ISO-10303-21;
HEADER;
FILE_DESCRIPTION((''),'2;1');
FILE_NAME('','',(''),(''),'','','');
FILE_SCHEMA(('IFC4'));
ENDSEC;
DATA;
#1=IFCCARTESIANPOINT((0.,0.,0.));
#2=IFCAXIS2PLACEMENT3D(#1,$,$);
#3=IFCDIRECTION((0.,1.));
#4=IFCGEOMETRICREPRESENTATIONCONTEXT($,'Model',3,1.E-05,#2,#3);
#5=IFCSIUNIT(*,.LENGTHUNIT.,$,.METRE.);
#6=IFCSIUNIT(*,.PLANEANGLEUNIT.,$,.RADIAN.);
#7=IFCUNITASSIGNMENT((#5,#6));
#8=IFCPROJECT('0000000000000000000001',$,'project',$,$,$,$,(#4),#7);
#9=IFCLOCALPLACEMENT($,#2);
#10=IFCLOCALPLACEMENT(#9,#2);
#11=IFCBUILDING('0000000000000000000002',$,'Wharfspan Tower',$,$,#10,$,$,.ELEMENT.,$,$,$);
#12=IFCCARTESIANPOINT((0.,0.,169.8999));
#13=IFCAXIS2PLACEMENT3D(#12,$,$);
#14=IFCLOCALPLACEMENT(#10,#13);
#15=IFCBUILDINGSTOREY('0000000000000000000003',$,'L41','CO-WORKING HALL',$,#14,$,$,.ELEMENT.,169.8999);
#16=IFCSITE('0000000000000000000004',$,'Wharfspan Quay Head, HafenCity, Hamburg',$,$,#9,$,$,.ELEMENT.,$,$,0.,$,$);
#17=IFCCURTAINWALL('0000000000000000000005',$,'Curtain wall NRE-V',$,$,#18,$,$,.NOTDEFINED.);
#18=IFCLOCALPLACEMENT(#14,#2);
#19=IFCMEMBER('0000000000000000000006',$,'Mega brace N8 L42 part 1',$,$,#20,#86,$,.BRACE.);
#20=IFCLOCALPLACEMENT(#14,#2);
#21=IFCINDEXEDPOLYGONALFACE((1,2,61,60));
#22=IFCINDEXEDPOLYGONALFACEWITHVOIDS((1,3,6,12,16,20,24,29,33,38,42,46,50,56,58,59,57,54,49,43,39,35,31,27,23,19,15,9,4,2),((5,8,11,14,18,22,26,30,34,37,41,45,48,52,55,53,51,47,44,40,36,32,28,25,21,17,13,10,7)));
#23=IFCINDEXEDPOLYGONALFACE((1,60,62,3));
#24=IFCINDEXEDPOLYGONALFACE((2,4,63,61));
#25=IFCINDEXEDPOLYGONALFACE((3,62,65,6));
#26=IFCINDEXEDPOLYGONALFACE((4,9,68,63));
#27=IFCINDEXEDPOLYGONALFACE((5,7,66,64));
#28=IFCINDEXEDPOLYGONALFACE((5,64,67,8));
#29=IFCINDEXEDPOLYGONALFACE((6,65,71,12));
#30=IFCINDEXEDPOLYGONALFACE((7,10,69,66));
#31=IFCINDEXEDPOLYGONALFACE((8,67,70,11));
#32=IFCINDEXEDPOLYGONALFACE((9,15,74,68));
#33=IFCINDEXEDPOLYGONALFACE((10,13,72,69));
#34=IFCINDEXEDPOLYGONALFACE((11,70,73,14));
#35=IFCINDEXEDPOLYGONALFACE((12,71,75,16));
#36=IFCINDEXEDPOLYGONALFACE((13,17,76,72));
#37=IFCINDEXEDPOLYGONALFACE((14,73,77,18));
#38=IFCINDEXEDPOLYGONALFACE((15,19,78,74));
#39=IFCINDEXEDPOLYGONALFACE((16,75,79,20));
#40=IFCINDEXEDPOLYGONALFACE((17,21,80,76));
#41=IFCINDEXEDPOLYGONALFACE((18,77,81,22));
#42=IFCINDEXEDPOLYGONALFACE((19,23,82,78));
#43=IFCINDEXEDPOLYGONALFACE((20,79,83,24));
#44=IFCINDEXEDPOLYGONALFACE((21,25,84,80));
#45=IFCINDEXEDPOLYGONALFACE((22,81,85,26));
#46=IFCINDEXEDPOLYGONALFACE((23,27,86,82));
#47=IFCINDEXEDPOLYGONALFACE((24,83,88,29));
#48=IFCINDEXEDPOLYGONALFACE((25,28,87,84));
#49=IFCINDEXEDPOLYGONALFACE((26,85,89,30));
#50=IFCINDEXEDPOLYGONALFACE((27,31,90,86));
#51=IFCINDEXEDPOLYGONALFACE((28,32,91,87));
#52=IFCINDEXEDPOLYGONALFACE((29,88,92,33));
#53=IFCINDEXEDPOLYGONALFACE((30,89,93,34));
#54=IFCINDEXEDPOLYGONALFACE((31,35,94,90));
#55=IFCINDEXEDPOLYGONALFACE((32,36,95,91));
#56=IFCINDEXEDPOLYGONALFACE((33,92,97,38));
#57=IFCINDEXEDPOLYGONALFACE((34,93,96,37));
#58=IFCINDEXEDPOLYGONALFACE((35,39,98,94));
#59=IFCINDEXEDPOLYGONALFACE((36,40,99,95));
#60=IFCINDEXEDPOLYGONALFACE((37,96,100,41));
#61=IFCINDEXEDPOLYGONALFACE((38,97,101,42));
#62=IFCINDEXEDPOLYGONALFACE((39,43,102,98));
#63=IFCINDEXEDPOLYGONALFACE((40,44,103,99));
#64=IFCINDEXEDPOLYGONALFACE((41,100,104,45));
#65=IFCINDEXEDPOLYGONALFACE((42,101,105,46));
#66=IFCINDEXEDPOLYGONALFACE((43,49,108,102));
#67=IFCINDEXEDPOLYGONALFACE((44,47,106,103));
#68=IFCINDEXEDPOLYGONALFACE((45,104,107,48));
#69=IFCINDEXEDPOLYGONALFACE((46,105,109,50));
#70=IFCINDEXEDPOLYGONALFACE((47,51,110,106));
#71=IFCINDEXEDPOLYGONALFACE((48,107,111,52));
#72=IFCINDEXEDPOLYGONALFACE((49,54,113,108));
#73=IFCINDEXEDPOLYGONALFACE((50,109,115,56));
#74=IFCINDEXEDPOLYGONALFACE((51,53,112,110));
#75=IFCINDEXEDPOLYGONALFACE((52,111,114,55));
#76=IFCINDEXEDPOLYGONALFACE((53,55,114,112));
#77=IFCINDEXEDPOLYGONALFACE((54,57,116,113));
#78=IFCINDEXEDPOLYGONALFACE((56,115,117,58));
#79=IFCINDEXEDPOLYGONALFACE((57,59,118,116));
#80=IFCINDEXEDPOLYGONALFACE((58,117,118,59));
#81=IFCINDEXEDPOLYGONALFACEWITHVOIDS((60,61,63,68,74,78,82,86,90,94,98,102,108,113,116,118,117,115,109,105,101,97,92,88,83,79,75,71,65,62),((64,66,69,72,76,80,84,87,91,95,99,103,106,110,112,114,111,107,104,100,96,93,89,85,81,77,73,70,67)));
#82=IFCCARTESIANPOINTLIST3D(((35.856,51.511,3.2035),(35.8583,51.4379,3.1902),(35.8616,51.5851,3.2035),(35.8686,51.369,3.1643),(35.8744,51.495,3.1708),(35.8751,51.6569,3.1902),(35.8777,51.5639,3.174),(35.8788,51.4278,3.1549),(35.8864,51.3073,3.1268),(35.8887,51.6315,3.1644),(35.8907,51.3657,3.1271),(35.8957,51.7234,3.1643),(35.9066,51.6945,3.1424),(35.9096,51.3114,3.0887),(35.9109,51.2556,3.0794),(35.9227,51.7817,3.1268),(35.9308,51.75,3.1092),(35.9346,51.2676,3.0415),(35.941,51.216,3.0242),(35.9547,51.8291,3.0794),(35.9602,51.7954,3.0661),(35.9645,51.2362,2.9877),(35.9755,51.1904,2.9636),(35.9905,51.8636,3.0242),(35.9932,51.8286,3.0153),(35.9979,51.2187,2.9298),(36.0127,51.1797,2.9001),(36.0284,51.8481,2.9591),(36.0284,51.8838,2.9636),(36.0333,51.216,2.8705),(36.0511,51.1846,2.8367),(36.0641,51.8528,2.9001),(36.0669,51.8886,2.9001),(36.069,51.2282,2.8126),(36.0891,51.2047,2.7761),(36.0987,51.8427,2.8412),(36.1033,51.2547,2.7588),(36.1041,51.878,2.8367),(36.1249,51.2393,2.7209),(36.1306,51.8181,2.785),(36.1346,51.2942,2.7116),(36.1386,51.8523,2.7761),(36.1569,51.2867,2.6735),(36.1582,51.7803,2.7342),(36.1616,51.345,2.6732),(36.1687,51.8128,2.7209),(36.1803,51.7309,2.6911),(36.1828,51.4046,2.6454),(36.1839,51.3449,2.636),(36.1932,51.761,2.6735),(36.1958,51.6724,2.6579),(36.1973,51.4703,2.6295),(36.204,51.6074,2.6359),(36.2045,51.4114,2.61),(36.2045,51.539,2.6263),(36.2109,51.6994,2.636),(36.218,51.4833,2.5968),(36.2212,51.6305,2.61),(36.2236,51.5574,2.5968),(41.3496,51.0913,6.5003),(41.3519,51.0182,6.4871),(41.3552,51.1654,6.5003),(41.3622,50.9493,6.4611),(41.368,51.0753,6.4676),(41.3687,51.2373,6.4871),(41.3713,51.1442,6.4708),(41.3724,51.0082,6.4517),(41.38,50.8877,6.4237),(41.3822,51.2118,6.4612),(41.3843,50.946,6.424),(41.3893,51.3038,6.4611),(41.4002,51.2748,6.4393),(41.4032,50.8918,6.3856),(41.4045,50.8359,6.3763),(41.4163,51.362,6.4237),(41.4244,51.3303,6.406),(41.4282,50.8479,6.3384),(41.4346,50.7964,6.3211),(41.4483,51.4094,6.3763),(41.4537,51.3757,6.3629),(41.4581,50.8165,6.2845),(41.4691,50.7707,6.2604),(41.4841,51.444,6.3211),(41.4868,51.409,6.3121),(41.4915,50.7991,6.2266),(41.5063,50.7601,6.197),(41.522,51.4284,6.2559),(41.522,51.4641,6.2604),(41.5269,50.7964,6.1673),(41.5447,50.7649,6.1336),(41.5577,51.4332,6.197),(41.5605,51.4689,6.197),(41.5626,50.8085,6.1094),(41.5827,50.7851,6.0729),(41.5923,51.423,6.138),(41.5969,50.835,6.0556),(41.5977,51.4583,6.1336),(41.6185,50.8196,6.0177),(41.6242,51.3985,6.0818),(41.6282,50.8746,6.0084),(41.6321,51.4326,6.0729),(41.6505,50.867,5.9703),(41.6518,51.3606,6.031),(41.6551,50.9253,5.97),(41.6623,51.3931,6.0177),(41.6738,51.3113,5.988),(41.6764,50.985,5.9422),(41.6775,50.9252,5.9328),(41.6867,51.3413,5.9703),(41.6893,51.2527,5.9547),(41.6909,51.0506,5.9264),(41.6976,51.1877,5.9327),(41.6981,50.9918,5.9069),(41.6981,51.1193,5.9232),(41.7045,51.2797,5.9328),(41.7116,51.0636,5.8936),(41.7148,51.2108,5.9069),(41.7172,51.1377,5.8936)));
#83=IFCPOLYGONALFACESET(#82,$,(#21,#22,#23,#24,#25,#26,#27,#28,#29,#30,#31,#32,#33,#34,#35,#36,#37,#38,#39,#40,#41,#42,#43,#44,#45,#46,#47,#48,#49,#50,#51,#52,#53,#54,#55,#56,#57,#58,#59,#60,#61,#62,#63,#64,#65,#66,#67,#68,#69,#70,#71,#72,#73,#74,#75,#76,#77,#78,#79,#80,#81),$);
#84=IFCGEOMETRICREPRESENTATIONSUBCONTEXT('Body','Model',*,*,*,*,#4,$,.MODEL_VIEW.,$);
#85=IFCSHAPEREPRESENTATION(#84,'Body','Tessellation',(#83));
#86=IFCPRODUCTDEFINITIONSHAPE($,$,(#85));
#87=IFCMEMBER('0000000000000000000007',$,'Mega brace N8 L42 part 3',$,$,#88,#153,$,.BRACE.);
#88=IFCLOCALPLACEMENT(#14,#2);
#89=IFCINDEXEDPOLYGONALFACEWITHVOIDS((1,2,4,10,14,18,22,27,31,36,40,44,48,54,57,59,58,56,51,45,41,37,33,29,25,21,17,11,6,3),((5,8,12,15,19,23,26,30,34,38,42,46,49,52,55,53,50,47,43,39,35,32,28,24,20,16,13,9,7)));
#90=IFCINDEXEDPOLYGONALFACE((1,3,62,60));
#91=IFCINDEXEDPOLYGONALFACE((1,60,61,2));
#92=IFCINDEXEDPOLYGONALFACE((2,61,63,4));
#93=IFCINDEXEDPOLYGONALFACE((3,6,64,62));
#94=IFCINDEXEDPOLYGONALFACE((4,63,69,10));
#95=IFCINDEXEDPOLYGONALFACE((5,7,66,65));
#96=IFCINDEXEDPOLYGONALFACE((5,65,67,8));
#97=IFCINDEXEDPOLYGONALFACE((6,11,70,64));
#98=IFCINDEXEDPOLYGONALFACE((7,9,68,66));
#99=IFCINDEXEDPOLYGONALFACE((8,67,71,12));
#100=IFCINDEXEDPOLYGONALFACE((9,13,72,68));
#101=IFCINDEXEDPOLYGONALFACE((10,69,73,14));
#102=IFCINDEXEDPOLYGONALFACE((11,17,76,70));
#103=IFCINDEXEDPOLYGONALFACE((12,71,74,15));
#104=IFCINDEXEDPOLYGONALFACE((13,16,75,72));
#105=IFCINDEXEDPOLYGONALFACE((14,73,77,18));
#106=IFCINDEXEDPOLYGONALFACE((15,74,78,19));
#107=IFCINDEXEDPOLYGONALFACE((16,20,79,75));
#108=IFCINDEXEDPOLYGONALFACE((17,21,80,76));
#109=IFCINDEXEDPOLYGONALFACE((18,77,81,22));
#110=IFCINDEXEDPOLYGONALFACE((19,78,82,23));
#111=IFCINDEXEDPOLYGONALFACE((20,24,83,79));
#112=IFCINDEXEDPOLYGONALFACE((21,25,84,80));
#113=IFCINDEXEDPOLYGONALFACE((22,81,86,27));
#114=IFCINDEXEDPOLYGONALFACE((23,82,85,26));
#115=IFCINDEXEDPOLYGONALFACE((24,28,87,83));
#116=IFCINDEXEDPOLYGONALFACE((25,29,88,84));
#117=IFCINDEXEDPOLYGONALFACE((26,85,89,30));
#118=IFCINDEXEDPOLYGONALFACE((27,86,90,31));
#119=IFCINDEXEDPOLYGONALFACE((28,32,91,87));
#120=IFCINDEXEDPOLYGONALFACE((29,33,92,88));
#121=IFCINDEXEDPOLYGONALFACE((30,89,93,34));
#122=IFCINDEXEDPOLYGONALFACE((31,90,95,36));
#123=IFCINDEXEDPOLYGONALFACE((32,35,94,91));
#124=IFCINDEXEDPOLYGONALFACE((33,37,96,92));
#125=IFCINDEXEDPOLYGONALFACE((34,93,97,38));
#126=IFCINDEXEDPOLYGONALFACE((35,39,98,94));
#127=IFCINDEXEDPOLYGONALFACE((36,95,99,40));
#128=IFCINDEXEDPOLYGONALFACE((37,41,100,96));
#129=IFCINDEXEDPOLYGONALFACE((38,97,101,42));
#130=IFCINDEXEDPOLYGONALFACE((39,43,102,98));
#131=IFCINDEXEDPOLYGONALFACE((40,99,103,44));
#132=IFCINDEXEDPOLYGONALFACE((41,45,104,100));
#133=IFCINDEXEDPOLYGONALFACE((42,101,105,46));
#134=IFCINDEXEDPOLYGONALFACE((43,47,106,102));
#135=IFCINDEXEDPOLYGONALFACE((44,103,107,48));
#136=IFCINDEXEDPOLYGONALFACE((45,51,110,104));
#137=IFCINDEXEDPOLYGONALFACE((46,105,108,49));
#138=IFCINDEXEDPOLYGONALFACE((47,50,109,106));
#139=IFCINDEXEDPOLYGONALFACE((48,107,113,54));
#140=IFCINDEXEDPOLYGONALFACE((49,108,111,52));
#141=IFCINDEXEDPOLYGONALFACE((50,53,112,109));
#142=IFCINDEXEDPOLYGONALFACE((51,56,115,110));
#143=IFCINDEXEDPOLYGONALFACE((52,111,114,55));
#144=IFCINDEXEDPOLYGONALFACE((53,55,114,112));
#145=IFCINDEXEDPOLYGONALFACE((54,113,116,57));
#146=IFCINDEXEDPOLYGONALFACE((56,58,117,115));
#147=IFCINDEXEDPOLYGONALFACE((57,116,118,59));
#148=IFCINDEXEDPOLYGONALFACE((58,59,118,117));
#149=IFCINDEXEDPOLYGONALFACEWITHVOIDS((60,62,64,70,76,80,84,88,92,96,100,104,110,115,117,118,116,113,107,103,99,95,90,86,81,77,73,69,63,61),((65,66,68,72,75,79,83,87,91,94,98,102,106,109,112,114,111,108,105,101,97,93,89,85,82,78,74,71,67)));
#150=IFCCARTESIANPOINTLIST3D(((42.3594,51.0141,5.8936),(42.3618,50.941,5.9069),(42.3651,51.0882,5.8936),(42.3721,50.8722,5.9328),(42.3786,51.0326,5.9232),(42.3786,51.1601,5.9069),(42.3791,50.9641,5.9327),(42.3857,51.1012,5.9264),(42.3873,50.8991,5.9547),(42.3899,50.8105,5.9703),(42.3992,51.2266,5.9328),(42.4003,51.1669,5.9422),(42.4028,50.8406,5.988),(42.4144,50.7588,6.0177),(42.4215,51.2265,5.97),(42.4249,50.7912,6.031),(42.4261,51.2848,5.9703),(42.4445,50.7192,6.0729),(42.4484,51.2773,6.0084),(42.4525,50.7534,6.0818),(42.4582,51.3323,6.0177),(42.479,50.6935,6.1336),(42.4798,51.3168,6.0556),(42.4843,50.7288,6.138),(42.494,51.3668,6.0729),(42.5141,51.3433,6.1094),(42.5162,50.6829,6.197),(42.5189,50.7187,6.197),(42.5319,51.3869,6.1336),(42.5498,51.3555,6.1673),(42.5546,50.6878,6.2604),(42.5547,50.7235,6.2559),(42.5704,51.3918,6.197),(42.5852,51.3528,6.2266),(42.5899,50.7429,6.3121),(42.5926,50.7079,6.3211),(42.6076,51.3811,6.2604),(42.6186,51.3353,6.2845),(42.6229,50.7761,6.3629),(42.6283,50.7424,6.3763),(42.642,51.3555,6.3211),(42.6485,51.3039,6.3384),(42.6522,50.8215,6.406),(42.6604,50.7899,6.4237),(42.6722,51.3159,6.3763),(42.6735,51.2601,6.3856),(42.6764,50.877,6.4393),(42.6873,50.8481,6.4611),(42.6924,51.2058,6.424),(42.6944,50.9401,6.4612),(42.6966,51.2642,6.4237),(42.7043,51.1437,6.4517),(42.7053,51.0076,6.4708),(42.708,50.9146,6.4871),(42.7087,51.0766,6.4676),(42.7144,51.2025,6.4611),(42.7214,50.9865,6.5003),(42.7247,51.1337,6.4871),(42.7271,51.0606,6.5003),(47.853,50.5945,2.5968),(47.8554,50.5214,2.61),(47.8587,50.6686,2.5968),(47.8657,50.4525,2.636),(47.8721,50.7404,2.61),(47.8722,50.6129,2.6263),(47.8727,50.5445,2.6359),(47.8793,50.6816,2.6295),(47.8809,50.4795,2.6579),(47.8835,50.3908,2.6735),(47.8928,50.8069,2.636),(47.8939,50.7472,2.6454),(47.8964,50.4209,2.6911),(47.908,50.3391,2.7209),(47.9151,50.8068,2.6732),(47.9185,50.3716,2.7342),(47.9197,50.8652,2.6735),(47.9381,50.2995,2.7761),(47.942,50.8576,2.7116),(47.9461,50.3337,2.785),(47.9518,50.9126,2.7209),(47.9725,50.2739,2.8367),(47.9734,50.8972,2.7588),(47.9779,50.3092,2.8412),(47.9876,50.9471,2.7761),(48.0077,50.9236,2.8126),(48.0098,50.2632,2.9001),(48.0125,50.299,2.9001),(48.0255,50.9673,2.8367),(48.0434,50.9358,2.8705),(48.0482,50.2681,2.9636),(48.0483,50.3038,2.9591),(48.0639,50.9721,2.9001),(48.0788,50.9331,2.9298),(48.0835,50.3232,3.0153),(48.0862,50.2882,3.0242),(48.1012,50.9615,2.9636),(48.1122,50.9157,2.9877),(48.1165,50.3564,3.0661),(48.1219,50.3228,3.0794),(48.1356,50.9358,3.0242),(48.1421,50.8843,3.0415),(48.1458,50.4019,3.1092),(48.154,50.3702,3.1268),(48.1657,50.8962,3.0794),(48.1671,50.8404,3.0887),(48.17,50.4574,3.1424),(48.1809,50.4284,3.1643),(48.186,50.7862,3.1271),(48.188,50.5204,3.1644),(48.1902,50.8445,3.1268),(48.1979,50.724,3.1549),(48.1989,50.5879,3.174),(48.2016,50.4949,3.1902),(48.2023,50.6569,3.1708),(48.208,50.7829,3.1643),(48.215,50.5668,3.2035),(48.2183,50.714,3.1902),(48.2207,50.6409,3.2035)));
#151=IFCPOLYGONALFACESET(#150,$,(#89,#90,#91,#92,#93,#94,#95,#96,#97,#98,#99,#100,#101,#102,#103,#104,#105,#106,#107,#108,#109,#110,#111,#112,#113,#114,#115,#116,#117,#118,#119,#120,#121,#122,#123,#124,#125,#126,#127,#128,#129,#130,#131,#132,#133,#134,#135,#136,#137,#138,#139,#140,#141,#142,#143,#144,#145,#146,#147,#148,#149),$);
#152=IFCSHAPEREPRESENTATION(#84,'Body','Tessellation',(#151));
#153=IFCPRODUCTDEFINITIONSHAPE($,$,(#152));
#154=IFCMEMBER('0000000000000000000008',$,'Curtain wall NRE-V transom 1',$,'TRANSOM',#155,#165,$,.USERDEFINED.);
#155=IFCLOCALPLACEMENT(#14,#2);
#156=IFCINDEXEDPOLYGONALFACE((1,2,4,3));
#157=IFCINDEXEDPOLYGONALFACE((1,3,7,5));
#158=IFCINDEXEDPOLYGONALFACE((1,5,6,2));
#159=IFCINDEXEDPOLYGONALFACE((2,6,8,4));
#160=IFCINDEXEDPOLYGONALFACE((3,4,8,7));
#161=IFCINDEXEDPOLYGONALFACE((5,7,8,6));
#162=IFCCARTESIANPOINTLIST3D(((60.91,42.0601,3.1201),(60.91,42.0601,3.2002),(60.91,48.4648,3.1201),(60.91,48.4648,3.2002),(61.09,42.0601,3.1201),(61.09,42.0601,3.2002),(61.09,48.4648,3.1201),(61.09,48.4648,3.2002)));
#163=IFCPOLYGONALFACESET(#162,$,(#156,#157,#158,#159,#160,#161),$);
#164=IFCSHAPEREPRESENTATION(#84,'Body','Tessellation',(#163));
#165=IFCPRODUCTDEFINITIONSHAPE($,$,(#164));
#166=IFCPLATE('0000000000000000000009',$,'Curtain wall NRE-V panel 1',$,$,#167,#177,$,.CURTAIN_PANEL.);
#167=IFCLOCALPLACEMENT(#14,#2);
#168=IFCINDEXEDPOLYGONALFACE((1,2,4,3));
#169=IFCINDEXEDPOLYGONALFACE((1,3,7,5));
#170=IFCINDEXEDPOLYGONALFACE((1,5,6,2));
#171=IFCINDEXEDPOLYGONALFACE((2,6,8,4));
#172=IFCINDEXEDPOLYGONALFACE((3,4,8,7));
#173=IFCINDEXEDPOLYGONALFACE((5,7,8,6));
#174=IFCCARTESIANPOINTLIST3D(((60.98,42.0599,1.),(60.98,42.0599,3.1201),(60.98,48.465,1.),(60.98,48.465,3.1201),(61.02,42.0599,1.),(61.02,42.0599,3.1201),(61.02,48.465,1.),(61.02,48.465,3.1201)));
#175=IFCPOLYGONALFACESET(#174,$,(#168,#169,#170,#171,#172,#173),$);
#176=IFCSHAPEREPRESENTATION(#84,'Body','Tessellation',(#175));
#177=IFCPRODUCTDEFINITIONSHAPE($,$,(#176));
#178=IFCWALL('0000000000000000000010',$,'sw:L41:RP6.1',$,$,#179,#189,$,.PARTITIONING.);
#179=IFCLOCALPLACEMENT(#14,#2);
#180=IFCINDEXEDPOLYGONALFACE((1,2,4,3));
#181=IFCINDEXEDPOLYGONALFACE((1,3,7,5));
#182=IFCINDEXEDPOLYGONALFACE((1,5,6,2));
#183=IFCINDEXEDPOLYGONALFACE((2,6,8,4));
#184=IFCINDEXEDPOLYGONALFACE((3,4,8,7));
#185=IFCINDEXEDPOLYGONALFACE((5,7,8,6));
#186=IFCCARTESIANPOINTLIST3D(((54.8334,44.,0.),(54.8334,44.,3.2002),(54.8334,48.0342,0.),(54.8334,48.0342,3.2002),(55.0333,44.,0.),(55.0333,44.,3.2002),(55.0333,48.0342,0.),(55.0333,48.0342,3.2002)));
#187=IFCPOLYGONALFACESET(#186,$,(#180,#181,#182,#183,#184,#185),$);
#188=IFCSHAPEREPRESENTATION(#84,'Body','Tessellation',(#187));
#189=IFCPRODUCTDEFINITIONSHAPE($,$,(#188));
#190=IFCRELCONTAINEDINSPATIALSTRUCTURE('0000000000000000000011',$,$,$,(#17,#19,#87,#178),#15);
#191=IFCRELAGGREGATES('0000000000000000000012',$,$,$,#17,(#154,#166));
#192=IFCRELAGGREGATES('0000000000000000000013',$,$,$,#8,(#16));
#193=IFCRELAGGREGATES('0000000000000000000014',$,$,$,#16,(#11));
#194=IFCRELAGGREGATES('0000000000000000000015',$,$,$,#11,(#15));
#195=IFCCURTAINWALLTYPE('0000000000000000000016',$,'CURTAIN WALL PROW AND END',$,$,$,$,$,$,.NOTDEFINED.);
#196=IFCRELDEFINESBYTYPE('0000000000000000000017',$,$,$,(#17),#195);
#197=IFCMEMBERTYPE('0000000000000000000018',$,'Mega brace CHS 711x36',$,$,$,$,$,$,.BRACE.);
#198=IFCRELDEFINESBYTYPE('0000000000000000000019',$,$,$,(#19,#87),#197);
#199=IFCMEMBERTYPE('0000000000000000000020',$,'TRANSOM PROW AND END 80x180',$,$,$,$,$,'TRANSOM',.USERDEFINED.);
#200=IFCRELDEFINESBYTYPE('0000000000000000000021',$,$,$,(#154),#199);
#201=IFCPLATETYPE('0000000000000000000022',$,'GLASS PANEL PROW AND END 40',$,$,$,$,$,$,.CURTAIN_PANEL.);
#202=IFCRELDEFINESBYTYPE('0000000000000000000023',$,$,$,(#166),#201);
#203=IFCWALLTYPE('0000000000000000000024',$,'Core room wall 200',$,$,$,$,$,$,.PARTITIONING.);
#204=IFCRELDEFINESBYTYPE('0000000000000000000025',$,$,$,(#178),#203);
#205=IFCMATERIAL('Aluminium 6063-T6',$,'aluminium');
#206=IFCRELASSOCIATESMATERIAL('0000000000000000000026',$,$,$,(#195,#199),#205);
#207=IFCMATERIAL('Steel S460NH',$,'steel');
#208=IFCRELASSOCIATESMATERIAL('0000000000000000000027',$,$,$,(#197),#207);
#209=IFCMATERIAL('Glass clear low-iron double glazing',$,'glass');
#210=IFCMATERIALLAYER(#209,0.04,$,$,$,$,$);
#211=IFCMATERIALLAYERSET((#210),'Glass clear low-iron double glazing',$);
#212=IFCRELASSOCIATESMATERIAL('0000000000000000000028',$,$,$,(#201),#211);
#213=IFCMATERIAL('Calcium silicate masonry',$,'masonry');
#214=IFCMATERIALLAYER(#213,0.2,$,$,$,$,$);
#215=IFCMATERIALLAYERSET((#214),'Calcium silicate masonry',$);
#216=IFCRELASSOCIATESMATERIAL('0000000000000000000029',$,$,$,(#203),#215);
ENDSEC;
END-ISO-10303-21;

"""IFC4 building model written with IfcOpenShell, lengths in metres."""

from ifc_helpers import new_model, si_unit, direction, frame, frame_2d, origin, origin_2d, place, context, subcontext, project, spatial, rectangle, hollow_circle, extrude, material, layer, layer_set, material_profile, profile_set, type_object, element, aggregate, save


model = new_model("IFC4")

# Units and contexts
model_context = context("Model", 3, precision=1e-05, world=origin(), true_north=direction((0.0, 1.0)))
body_context = subcontext(model_context, "Body", "Model", "MODEL_VIEW")
ifc_project = project(units=[si_unit("LENGTHUNIT", "METRE"), si_unit("PLANEANGLEUNIT", "RADIAN")], contexts=[model_context])

# Site, building, storey
site_placement = place(None, origin())
site = spatial("IfcSite", under=ifc_project, at=site_placement, Name="Wharfspan Quay Head, HafenCity, Hamburg", CompositionType="ELEMENT", RefElevation=0.0)
building_placement = place(site_placement, origin())
building = spatial("IfcBuilding", under=site, at=building_placement, Name="Wharfspan Tower", CompositionType="ELEMENT")
storey_placement = place(building_placement, frame((0.0, 0.0, 169.8999)))
storey = spatial("IfcBuildingStorey", under=building, at=storey_placement, Name="L41", Description="CO-WORKING HALL", CompositionType="ELEMENT", Elevation=169.8999)

# Curtain wall
ifc_material_1 = material(Name="Aluminium 6063-T6", Category="aluminium")
curtain_wall_type = type_object("IfcCurtainWallType", Name="CURTAIN WALL PROW AND END", PredefinedType="NOTDEFINED", material=ifc_material_1)
curtain_wall_placement = place(storey_placement, origin())
curtain_wall = element("IfcCurtainWall", 1, at=curtain_wall_placement, inside=storey, type_object=curtain_wall_type, Name="Curtain wall NRE-V", PredefinedType="NOTDEFINED")

# Members
ifc_material_2 = material(Name="Steel S460NH", Category="steel")
ifc_material_profile_1 = material_profile(ifc_material_2, hollow_circle(Radius=0.3555, WallThickness=0.0359, at=origin_2d()))
ifc_profile_set_1 = profile_set([ifc_material_profile_1], Name="Steel S460NH")
member_type_1 = type_object("IfcMemberType", Name="Mega brace CHS 711x36", PredefinedType="BRACE", material=ifc_profile_set_1)
for number, where, z_axis, x_axis, name in (
    (2, (36.0398, 51.5342, 2.9001), (0.855612, -0.065363, 0.513474), (0.07617, 0.997093, 0.000002), "Mega brace N8 L42 part 1"),
    (3, (48.0369, 50.6177, 2.9001), (-0.855612, 0.065363, 0.513474), (-0.07617, -0.997093, 0.000002), "Mega brace N8 L42 part 3"),
):
    element("IfcMember", number, at=place(storey_placement, frame(where, z_axis=z_axis, x_axis=x_axis)), inside=storey, type_object=member_type_1, Name=name, PredefinedType="BRACE", context=body_context, shape_type="SweptSolid", body=[
        extrude(hollow_circle(Radius=0.3555, WallThickness=0.0359, at=origin_2d()), origin(), (0.0, 0.0, 1.0), 6.4207),
    ])

# Member
ifc_material_profile_2 = material_profile(ifc_material_1, rectangle(XDim=0.1799, YDim=0.0801, at=origin_2d()))
ifc_profile_set_2 = profile_set([ifc_material_profile_2], Name="Aluminium 6063-T6")
member_type_2 = type_object("IfcMemberType", Name="TRANSOM PROW AND END 80x180", ElementType="TRANSOM", PredefinedType="USERDEFINED", material=ifc_profile_set_2)
member_1_placement = place(storey_placement, frame((61.0, 42.0601, 3.1602), z_axis=(0.0, 1.0, 0.0), x_axis=(-1.0, 0.0, 0.0)))
member_1 = element("IfcMember", 4, at=member_1_placement, type_object=member_type_2, Name="Curtain wall NRE-V transom 1", ObjectType="TRANSOM", PredefinedType="USERDEFINED", context=body_context, shape_type="SweptSolid", body=[
    extrude(rectangle(XDim=0.1799, YDim=0.0801, at=origin_2d()), origin(), (0.0, 0.0, 1.0), 6.4048),
])

# Plate
ifc_material_3 = material(Name="Glass clear low-iron double glazing", Category="glass")
ifc_layer_1 = layer(ifc_material_3, 0.04)
ifc_layer_set_1 = layer_set([ifc_layer_1], Name="Glass clear low-iron double glazing")
plate_type = type_object("IfcPlateType", Name="GLASS PANEL PROW AND END 40", PredefinedType="CURTAIN_PANEL", material=ifc_layer_set_1)
plate_placement = place(storey_placement, frame((61.0, 45.2625, 1.0), z_axis=(0.0, 0.0, 1.0), x_axis=(0.0, 1.0, 0.0)))
plate = element("IfcPlate", 5, at=plate_placement, type_object=plate_type, Name="Curtain wall NRE-V panel 1", PredefinedType="CURTAIN_PANEL", context=body_context, shape_type="SweptSolid", body=[
    extrude(rectangle(XDim=6.405, YDim=0.04, at=origin_2d()), origin(), (0.0, 0.0, 1.0), 2.1201),
])
aggregate(curtain_wall, [member_1, plate])

# Wall
ifc_material_4 = material(Name="Calcium silicate masonry", Category="masonry")
ifc_layer_2 = layer(ifc_material_4, 0.2)
ifc_layer_set_2 = layer_set([ifc_layer_2], Name="Calcium silicate masonry")
wall_type_1 = type_object("IfcWallType", Name="Core room wall 200", PredefinedType="PARTITIONING", material=ifc_layer_set_2)
wall_1_placement = place(storey_placement, frame((54.9333, 44.0, 0.0), z_axis=(0.0, 0.0, 1.0), x_axis=(0.0, 1.0, 0.0)))
element("IfcWall", 6, at=wall_1_placement, inside=storey, type_object=wall_type_1, Name="sw:L41:RP6.1", PredefinedType="PARTITIONING", context=body_context, shape_type="SweptSolid", body=[
    extrude(rectangle(XDim=4.0342, YDim=0.2, at=frame_2d((2.0171, 0.0))), origin(), (0.0, 0.0, 1.0), 3.2002),
])

save(model, "model.ifc")
